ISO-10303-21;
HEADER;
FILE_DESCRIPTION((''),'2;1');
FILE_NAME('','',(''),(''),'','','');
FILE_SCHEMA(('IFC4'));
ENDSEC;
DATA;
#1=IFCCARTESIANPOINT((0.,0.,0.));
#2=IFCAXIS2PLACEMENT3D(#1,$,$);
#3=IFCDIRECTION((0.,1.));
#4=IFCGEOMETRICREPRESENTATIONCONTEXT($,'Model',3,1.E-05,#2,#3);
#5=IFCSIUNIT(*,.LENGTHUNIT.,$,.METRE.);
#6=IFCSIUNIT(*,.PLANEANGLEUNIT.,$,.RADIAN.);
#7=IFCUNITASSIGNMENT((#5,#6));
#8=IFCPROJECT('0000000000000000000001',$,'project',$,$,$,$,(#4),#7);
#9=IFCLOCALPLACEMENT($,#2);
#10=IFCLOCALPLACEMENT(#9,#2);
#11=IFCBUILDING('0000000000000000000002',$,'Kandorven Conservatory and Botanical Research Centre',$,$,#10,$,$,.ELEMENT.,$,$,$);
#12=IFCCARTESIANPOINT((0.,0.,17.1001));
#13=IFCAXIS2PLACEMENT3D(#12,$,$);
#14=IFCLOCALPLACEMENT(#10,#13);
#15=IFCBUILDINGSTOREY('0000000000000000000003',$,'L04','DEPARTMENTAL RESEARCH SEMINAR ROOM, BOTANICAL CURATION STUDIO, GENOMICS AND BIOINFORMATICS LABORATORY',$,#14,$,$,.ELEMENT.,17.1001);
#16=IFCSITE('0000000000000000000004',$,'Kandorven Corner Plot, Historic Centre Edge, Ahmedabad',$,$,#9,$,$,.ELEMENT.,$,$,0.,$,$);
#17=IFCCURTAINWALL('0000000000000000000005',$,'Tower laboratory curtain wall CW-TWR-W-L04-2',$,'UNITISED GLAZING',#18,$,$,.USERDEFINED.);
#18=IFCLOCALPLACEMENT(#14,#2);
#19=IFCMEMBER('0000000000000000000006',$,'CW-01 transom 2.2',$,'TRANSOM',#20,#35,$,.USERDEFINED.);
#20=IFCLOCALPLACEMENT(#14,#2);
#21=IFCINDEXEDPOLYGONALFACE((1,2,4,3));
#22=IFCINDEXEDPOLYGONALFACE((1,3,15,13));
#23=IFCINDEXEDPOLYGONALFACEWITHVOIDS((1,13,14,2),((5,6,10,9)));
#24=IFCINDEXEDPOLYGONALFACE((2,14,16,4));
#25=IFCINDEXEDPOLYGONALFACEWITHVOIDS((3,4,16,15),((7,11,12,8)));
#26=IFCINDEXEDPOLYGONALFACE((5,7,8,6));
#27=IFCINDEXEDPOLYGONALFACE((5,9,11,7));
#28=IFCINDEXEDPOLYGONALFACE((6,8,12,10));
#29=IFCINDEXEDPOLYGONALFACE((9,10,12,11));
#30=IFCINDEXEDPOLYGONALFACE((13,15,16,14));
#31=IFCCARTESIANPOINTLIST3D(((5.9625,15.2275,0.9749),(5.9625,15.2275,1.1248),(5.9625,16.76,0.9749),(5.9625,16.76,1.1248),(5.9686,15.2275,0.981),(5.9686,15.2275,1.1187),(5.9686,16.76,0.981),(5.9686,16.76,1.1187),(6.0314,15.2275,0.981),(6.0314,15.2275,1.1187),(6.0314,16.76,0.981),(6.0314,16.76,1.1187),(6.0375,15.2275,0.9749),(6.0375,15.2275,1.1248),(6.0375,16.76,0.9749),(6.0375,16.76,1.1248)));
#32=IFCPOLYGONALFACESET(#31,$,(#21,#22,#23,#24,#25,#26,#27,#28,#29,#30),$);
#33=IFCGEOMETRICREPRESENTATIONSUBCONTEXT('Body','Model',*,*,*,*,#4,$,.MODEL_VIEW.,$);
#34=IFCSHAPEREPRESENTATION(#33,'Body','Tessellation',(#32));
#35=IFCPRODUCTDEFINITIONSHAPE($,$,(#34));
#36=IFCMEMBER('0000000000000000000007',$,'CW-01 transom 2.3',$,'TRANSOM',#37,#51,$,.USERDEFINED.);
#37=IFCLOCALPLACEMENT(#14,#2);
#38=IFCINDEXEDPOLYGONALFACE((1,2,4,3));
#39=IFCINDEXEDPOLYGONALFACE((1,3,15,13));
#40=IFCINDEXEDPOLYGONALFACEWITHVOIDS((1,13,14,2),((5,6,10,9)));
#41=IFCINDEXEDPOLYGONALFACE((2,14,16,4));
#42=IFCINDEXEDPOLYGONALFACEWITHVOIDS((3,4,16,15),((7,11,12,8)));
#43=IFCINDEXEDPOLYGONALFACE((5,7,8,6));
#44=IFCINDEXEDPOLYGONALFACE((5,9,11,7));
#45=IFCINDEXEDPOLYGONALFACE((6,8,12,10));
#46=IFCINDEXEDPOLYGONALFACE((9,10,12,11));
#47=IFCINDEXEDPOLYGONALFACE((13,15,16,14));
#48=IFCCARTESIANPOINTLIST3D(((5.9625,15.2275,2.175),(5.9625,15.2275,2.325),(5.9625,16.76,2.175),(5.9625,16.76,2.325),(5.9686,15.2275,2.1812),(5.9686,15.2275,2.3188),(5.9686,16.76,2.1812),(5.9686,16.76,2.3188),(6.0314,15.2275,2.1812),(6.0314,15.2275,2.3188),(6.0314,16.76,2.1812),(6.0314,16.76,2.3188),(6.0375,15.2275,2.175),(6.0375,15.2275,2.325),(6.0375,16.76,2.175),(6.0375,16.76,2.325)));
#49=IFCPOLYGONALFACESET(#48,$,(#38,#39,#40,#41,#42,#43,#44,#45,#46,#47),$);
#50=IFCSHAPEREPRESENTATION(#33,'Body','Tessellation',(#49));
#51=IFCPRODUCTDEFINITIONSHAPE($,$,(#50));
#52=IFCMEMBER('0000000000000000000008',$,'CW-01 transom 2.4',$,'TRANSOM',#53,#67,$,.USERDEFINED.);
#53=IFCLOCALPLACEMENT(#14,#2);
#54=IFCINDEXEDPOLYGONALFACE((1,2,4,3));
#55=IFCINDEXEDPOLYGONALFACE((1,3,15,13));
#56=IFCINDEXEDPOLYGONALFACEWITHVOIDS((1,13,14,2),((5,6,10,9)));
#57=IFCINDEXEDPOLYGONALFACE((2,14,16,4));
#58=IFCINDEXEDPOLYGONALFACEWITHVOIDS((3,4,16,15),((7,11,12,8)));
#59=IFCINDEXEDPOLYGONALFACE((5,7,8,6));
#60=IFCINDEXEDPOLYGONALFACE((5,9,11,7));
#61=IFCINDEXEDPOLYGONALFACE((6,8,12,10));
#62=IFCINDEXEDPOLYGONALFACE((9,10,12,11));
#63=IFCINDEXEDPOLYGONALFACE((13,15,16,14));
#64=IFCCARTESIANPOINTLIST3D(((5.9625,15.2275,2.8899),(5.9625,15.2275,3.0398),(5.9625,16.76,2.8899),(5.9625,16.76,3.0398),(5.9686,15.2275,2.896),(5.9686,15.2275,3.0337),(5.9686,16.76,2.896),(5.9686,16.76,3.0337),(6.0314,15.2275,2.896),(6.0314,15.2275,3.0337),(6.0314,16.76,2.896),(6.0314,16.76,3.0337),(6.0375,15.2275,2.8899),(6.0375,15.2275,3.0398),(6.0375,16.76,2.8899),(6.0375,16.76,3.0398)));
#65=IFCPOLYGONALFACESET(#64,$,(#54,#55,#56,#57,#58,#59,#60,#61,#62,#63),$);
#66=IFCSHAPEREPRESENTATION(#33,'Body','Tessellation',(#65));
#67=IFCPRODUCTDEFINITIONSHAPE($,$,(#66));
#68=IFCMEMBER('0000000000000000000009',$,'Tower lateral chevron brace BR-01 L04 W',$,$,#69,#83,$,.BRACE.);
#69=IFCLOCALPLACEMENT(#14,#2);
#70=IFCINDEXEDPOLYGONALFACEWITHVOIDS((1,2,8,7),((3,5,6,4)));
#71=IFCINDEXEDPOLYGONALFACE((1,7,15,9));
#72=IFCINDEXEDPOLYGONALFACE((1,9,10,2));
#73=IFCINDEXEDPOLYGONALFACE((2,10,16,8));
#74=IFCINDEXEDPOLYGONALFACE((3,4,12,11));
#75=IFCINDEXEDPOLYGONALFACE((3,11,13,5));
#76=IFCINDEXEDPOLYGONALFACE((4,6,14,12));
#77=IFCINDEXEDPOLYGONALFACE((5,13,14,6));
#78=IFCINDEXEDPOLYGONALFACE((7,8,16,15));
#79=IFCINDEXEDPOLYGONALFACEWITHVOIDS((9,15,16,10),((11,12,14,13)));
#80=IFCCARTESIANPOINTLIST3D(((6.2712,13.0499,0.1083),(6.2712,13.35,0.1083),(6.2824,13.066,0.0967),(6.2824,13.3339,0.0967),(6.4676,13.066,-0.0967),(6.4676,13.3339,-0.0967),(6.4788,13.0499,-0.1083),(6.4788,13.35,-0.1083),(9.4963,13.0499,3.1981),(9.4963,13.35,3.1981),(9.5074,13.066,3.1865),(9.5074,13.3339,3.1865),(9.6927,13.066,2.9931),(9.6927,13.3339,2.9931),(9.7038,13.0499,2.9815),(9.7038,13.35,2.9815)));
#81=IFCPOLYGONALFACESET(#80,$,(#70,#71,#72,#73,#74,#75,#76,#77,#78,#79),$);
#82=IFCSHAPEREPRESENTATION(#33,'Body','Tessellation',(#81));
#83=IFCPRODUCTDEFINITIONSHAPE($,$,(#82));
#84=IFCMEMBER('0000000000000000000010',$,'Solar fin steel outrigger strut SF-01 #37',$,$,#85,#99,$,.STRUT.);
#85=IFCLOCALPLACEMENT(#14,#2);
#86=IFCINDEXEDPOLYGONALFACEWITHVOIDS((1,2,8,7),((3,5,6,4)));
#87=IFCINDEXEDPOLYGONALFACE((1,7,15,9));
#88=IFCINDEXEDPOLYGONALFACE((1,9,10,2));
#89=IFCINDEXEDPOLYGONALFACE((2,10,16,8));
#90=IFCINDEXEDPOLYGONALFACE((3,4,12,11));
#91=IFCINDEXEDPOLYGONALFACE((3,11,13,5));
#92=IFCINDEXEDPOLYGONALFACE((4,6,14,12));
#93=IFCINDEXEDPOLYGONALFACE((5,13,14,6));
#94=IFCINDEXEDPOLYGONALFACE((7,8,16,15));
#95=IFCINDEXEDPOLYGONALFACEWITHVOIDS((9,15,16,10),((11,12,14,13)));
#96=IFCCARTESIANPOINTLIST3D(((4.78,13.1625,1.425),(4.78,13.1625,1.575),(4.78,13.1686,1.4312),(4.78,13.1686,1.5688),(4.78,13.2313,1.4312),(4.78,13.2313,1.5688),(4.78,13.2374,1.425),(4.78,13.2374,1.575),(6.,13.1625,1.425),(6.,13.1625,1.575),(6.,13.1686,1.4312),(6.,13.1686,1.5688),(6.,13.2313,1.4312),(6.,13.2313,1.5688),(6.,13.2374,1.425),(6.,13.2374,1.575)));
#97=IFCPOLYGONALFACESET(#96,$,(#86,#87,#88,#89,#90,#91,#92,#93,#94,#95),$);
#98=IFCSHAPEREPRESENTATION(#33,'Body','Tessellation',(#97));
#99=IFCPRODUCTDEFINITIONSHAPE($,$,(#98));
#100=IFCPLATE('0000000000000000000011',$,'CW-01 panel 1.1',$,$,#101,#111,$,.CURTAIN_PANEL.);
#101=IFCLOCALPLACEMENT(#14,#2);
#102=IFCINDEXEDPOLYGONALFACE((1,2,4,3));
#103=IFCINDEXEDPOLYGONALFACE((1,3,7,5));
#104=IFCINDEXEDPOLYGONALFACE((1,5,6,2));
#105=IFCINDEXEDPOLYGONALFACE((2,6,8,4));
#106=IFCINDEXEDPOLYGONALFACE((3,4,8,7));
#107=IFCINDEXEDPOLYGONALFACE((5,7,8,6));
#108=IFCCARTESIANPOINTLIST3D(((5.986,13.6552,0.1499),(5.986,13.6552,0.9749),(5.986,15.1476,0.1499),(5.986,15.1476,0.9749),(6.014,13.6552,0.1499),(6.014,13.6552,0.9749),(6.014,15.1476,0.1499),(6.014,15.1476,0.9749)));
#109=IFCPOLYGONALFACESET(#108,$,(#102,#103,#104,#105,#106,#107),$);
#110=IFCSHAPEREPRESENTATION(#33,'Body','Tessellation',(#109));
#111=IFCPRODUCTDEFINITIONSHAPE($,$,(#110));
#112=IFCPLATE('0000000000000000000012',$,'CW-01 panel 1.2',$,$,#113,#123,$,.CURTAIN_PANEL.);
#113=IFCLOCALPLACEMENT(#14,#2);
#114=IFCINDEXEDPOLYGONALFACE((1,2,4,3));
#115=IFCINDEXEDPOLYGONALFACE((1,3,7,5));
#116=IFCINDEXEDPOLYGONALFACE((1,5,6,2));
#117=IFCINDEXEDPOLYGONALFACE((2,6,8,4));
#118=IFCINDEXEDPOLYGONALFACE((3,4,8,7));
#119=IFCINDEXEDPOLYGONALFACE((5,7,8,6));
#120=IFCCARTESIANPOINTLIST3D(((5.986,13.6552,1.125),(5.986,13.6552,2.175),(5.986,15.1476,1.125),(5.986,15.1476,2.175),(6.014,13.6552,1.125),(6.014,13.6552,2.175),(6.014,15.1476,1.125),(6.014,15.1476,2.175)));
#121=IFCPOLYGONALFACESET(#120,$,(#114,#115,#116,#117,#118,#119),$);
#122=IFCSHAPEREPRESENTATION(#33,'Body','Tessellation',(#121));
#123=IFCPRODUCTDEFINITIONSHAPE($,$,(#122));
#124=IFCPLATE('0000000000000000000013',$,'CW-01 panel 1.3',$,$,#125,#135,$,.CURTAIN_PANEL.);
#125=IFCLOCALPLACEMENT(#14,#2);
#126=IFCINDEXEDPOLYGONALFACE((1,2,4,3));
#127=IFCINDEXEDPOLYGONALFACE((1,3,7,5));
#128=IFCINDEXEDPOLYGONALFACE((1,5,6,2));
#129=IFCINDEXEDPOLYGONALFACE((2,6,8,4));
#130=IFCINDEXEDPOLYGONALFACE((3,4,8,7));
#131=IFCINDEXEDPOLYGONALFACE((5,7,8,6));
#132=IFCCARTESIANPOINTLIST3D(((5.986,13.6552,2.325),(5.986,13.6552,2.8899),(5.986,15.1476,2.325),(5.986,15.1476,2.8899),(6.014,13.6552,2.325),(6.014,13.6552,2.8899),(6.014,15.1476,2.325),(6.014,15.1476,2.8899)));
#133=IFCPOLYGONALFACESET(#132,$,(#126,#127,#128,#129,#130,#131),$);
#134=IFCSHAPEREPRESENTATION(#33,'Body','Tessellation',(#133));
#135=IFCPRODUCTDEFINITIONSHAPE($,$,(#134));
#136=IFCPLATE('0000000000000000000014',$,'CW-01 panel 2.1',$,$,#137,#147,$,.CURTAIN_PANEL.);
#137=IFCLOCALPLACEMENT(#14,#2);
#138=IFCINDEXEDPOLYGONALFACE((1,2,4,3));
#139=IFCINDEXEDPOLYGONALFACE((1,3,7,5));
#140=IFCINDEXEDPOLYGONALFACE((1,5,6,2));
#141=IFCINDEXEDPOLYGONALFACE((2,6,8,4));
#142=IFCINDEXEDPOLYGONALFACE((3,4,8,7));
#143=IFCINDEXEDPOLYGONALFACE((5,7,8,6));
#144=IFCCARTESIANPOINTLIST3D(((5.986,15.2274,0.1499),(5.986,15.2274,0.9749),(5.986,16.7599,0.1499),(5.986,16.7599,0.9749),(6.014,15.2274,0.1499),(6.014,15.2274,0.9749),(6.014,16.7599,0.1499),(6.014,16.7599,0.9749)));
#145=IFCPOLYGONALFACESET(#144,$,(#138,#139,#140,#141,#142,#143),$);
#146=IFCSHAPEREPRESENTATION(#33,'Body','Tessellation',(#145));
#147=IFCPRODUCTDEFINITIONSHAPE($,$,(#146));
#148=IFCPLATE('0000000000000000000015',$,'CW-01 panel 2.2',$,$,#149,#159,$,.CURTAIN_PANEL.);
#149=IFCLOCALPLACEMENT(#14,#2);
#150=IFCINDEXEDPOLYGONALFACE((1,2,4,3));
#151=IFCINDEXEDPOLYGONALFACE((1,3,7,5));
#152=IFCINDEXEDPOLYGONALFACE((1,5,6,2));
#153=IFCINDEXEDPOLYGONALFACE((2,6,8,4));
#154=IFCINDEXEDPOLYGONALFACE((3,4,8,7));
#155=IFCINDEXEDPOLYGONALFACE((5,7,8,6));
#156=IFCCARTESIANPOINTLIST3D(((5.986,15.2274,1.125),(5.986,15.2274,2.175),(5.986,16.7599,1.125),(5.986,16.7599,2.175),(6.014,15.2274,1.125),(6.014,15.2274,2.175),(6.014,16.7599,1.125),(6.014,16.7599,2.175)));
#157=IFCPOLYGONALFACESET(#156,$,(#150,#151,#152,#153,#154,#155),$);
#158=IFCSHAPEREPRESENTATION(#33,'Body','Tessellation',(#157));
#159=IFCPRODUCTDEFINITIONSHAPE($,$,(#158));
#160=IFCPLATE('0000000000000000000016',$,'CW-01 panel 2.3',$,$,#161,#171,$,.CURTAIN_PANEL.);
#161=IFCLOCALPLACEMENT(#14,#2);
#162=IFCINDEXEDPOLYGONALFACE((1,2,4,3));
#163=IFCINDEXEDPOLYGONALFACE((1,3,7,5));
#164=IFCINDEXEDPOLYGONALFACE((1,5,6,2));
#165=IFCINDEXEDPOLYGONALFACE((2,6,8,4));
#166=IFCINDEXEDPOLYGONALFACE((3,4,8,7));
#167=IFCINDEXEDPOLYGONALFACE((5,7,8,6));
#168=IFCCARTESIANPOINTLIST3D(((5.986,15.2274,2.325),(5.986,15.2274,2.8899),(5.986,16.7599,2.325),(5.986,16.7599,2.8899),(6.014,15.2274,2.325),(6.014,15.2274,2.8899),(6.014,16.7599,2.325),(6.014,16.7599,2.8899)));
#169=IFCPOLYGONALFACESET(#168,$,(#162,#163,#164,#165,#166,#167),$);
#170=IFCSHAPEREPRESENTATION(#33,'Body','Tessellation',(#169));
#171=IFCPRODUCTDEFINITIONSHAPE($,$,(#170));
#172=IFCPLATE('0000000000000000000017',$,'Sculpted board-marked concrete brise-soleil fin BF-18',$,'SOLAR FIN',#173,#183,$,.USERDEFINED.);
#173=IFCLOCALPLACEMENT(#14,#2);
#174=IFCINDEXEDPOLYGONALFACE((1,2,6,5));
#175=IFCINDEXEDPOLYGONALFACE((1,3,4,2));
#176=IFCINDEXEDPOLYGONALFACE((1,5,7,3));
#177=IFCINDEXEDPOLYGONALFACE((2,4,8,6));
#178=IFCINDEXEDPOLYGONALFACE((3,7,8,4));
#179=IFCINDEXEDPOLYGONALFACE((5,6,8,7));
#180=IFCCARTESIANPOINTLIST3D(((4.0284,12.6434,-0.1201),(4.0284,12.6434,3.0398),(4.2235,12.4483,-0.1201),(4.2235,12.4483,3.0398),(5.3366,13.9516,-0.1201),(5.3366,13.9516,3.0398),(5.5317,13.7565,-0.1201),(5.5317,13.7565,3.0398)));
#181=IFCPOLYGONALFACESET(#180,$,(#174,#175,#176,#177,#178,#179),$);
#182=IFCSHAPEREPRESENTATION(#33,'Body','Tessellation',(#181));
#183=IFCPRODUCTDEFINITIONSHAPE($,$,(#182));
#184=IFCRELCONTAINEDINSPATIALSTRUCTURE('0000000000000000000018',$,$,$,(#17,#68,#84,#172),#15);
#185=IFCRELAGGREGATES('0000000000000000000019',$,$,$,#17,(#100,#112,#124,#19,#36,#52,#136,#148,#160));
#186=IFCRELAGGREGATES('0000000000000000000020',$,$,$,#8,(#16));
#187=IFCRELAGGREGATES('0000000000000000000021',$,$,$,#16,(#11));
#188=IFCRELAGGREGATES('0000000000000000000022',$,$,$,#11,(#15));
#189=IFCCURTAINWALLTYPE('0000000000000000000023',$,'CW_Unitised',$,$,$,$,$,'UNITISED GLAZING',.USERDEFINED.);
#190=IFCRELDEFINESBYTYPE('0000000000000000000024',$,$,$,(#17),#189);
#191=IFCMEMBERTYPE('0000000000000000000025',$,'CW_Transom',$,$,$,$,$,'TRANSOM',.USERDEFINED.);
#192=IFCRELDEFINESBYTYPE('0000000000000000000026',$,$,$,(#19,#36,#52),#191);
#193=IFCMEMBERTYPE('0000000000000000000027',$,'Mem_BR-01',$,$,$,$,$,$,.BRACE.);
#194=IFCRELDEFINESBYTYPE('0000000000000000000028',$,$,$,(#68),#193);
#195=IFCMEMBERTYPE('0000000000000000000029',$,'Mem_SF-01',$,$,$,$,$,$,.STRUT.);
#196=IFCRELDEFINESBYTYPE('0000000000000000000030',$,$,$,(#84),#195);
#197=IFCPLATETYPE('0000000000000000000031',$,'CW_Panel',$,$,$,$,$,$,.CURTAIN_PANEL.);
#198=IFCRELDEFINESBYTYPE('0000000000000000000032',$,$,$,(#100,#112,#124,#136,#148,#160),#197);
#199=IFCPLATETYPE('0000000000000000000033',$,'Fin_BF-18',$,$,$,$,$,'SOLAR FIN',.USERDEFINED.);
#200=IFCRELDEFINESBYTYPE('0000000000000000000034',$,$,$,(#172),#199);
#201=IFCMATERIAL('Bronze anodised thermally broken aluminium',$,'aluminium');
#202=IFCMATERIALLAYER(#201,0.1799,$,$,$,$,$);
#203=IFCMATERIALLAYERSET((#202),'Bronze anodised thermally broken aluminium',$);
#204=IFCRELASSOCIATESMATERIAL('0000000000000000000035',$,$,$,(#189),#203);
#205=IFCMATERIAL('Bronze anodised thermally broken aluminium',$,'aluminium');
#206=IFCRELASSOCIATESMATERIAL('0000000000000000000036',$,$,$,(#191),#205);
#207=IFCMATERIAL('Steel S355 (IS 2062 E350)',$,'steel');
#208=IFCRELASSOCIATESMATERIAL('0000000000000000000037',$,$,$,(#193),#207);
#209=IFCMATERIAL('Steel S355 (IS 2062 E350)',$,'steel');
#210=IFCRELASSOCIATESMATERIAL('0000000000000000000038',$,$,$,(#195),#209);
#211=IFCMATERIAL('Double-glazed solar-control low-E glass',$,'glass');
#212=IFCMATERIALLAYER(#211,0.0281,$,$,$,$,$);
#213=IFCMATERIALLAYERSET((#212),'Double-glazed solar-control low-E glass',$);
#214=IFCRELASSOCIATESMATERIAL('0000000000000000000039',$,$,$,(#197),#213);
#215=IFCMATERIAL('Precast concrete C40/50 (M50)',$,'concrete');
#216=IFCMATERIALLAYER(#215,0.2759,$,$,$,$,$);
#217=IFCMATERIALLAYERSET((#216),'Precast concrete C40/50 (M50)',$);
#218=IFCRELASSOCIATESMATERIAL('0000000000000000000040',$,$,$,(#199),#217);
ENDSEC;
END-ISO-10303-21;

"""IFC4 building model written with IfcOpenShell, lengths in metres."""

from ifc_helpers import new_model, si_unit, direction, frame, origin, origin_2d, place, context, subcontext, project, spatial, rectangle, hollow_rectangle, extrude, material, layer, layer_set, material_profile, profile_set, type_object, element, aggregate, save


model = new_model("IFC4")

# Units and contexts
model_context = context("Model", 3, precision=1e-05, world=origin(), true_north=direction((0.0, 1.0)))
body_context = subcontext(model_context, "Body", "Model", "MODEL_VIEW")
ifc_project = project(units=[si_unit("LENGTHUNIT", "METRE"), si_unit("PLANEANGLEUNIT", "RADIAN")], contexts=[model_context])

# Site, building, storey
site_placement = place(None, origin())
site = spatial("IfcSite", under=ifc_project, at=site_placement, Name="Kandorven Corner Plot, Historic Centre Edge, Ahmedabad", CompositionType="ELEMENT", RefElevation=0.0)
building_placement = place(site_placement, origin())
building = spatial("IfcBuilding", under=site, at=building_placement, Name="Kandorven Conservatory and Botanical Research Centre", CompositionType="ELEMENT")
storey_placement = place(building_placement, frame((0.0, 0.0, 17.1001)))
storey = spatial("IfcBuildingStorey", under=building, at=storey_placement, Name="L04", Description="DEPARTMENTAL RESEARCH SEMINAR ROOM, BOTANICAL CURATION STUDIO, GENOMICS AND BIOINFORMATICS LABORATORY", CompositionType="ELEMENT", Elevation=17.1001)

# Curtain wall, members
ifc_material_1 = material(Name="Bronze anodised thermally broken aluminium", Category="aluminium")
ifc_layer_1 = layer(ifc_material_1, 0.1799)
ifc_layer_set_1 = layer_set([ifc_layer_1], Name="Bronze anodised thermally broken aluminium")
curtain_wall_type = type_object("IfcCurtainWallType", Name="CW_Unitised", ElementType="UNITISED GLAZING", PredefinedType="USERDEFINED", material=ifc_layer_set_1)
curtain_wall_placement = place(storey_placement, origin())
curtain_wall = element("IfcCurtainWall", 1, at=curtain_wall_placement, inside=storey, type_object=curtain_wall_type, Name="Tower laboratory curtain wall CW-TWR-W-L04-2", ObjectType="UNITISED GLAZING", PredefinedType="USERDEFINED")
ifc_material_2 = material(Name="Bronze anodised thermally broken aluminium", Category="aluminium")
ifc_material_profile_1 = material_profile(ifc_material_2, hollow_rectangle(XDim=0.075, YDim=0.1499, WallThickness=0.0061, at=origin_2d()))
ifc_profile_set_1 = profile_set([ifc_material_profile_1], Name="Bronze anodised thermally broken aluminium")
member_type_1 = type_object("IfcMemberType", Name="CW_Transom", ElementType="TRANSOM", PredefinedType="USERDEFINED", material=ifc_profile_set_1)
member_1_placement = place(storey_placement, frame((6.0, 15.2275, 1.0498), z_axis=(0.0, 1.0, 0.0), x_axis=(-1.0, 0.0, 0.0)))
member_1 = element("IfcMember", 2, at=member_1_placement, type_object=member_type_1, Name="CW-01 transom 2.2", ObjectType="TRANSOM", PredefinedType="USERDEFINED", context=body_context, shape_type="SweptSolid", body=[
    extrude(hollow_rectangle(XDim=0.075, YDim=0.1499, WallThickness=0.0061, at=origin_2d()), origin(), (0.0, 0.0, 1.0), 1.5325),
])
member_2_placement = place(storey_placement, frame((6.0, 15.2275, 2.25), z_axis=(0.0, 1.0, 0.0), x_axis=(-1.0, 0.0, 0.0)))
member_2 = element("IfcMember", 3, at=member_2_placement, type_object=member_type_1, Name="CW-01 transom 2.3", ObjectType="TRANSOM", PredefinedType="USERDEFINED", context=body_context, shape_type="SweptSolid", body=[
    extrude(hollow_rectangle(XDim=0.075, YDim=0.1499, WallThickness=0.0061, at=origin_2d()), origin(), (0.0, 0.0, 1.0), 1.5325),
])
member_3_placement = place(storey_placement, frame((6.0, 15.2275, 2.9648), z_axis=(0.0, 1.0, 0.0), x_axis=(-1.0, 0.0, 0.0)))
member_3 = element("IfcMember", 4, at=member_3_placement, type_object=member_type_1, Name="CW-01 transom 2.4", ObjectType="TRANSOM", PredefinedType="USERDEFINED", context=body_context, shape_type="SweptSolid", body=[
    extrude(hollow_rectangle(XDim=0.075, YDim=0.1499, WallThickness=0.0061, at=origin_2d()), origin(), (0.0, 0.0, 1.0), 1.5325),
])

# Members
ifc_material_3 = material(Name="Steel S355 (IS 2062 E350)", Category="steel")
ifc_material_profile_2 = material_profile(ifc_material_3, hollow_rectangle(XDim=0.3, YDim=0.3, WallThickness=0.0161, at=origin_2d()))
ifc_profile_set_2 = profile_set([ifc_material_profile_2], Name="Steel S355 (IS 2062 E350)")
member_type_2 = type_object("IfcMemberType", Name="Mem_BR-01", PredefinedType="BRACE", material=ifc_profile_set_2)
member_4_placement = place(storey_placement, frame((6.375, 13.2, 0.0), z_axis=(0.722086, 0.0, 0.691803), x_axis=(0.0, 1.0, 0.0)))
element("IfcMember", 5, at=member_4_placement, inside=storey, type_object=member_type_2, Name="Tower lateral chevron brace BR-01 L04 W", PredefinedType="BRACE", context=body_context, shape_type="SweptSolid", body=[
    extrude(hollow_rectangle(XDim=0.3, YDim=0.3, WallThickness=0.0161, at=origin_2d()), origin(), (0.0, 0.0, 1.0), 4.4663),
])
ifc_material_4 = material(Name="Steel S355 (IS 2062 E350)", Category="steel")
ifc_material_profile_3 = material_profile(ifc_material_4, hollow_rectangle(XDim=0.075, YDim=0.1499, WallThickness=0.0061, at=origin_2d()))
ifc_profile_set_3 = profile_set([ifc_material_profile_3], Name="Steel S355 (IS 2062 E350)")
member_type_3 = type_object("IfcMemberType", Name="Mem_SF-01", PredefinedType="STRUT", material=ifc_profile_set_3)
member_5_placement = place(storey_placement, frame((6.0, 13.2, 1.5), z_axis=(-1.0, 0.0, 0.0), x_axis=(0.0, -1.0, 0.0)))
element("IfcMember", 6, at=member_5_placement, inside=storey, type_object=member_type_3, Name="Solar fin steel outrigger strut SF-01 #37", PredefinedType="STRUT", context=body_context, shape_type="SweptSolid", body=[
    extrude(hollow_rectangle(XDim=0.075, YDim=0.1499, WallThickness=0.0061, at=origin_2d()), origin(), (0.0, 0.0, 1.0), 1.22),
])

# Plates
ifc_material_5 = material(Name="Double-glazed solar-control low-E glass", Category="glass")
ifc_layer_2 = layer(ifc_material_5, 0.0281)
ifc_layer_set_2 = layer_set([ifc_layer_2], Name="Double-glazed solar-control low-E glass")
plate_type_1 = type_object("IfcPlateType", Name="CW_Panel", PredefinedType="CURTAIN_PANEL", material=ifc_layer_set_2)
plate_1_placement = place(storey_placement, frame((6.0, 14.4014, 0.1499), z_axis=(0.0, 0.0, 1.0), x_axis=(0.0, 1.0, 0.0)))
plate_1 = element("IfcPlate", 7, at=plate_1_placement, type_object=plate_type_1, Name="CW-01 panel 1.1", PredefinedType="CURTAIN_PANEL", context=body_context, shape_type="SweptSolid", body=[
    extrude(rectangle(XDim=1.4924, YDim=0.0281, at=origin_2d()), origin(), (0.0, 0.0, 1.0), 0.825),
])
plate_2_placement = place(storey_placement, frame((6.0, 14.4014, 1.125), z_axis=(0.0, 0.0, 1.0), x_axis=(0.0, 1.0, 0.0)))
plate_2 = element("IfcPlate", 8, at=plate_2_placement, type_object=plate_type_1, Name="CW-01 panel 1.2", PredefinedType="CURTAIN_PANEL", context=body_context, shape_type="SweptSolid", body=[
    extrude(rectangle(XDim=1.4924, YDim=0.0281, at=origin_2d()), origin(), (0.0, 0.0, 1.0), 1.05),
])
plate_3_placement = place(storey_placement, frame((6.0, 14.4014, 2.325), z_axis=(0.0, 0.0, 1.0), x_axis=(0.0, 1.0, 0.0)))
plate_3 = element("IfcPlate", 9, at=plate_3_placement, type_object=plate_type_1, Name="CW-01 panel 1.3", PredefinedType="CURTAIN_PANEL", context=body_context, shape_type="SweptSolid", body=[
    extrude(rectangle(XDim=1.4924, YDim=0.0281, at=origin_2d()), origin(), (0.0, 0.0, 1.0), 0.5649),
])
plate_4_placement = place(storey_placement, frame((6.0, 15.9937, 0.1499), z_axis=(0.0, 0.0, 1.0), x_axis=(0.0, 1.0, 0.0)))
plate_4 = element("IfcPlate", 10, at=plate_4_placement, type_object=plate_type_1, Name="CW-01 panel 2.1", PredefinedType="CURTAIN_PANEL", context=body_context, shape_type="SweptSolid", body=[
    extrude(rectangle(XDim=1.5325, YDim=0.0281, at=origin_2d()), origin(), (0.0, 0.0, 1.0), 0.825),
])
plate_5_placement = place(storey_placement, frame((6.0, 15.9937, 1.125), z_axis=(0.0, 0.0, 1.0), x_axis=(0.0, 1.0, 0.0)))
plate_5 = element("IfcPlate", 11, at=plate_5_placement, type_object=plate_type_1, Name="CW-01 panel 2.2", PredefinedType="CURTAIN_PANEL", context=body_context, shape_type="SweptSolid", body=[
    extrude(rectangle(XDim=1.5325, YDim=0.0281, at=origin_2d()), origin(), (0.0, 0.0, 1.0), 1.05),
])
plate_6_placement = place(storey_placement, frame((6.0, 15.9937, 2.325), z_axis=(0.0, 0.0, 1.0), x_axis=(0.0, 1.0, 0.0)))
plate_6 = element("IfcPlate", 12, at=plate_6_placement, type_object=plate_type_1, Name="CW-01 panel 2.3", PredefinedType="CURTAIN_PANEL", context=body_context, shape_type="SweptSolid", body=[
    extrude(rectangle(XDim=1.5325, YDim=0.0281, at=origin_2d()), origin(), (0.0, 0.0, 1.0), 0.5649),
])
aggregate(curtain_wall, [plate_1, plate_2, plate_3, member_1, member_2, member_3, plate_4, plate_5, plate_6])

# Plate
ifc_material_6 = material(Name="Precast concrete C40/50 (M50)", Category="concrete")
ifc_layer_3 = layer(ifc_material_6, 0.2759)
ifc_layer_set_3 = layer_set([ifc_layer_3], Name="Precast concrete C40/50 (M50)")
plate_type_2 = type_object("IfcPlateType", Name="Fin_BF-18", ElementType="SOLAR FIN", PredefinedType="USERDEFINED", material=ifc_layer_set_3)
plate_7_placement = place(storey_placement, frame((4.78, 13.2, -0.1201), z_axis=(0.0, 0.0, 1.0), x_axis=(0.707107, 0.707107, 0.0)))
element("IfcPlate", 13, at=plate_7_placement, inside=storey, type_object=plate_type_2, Name="Sculpted board-marked concrete brise-soleil fin BF-18", ObjectType="SOLAR FIN", PredefinedType="USERDEFINED", context=body_context, shape_type="SweptSolid", body=[
    extrude(rectangle(XDim=1.8501, YDim=0.2759, at=origin_2d()), origin(), (0.0, 0.0, 1.0), 3.1599),
])

save(model, "model.ifc")
